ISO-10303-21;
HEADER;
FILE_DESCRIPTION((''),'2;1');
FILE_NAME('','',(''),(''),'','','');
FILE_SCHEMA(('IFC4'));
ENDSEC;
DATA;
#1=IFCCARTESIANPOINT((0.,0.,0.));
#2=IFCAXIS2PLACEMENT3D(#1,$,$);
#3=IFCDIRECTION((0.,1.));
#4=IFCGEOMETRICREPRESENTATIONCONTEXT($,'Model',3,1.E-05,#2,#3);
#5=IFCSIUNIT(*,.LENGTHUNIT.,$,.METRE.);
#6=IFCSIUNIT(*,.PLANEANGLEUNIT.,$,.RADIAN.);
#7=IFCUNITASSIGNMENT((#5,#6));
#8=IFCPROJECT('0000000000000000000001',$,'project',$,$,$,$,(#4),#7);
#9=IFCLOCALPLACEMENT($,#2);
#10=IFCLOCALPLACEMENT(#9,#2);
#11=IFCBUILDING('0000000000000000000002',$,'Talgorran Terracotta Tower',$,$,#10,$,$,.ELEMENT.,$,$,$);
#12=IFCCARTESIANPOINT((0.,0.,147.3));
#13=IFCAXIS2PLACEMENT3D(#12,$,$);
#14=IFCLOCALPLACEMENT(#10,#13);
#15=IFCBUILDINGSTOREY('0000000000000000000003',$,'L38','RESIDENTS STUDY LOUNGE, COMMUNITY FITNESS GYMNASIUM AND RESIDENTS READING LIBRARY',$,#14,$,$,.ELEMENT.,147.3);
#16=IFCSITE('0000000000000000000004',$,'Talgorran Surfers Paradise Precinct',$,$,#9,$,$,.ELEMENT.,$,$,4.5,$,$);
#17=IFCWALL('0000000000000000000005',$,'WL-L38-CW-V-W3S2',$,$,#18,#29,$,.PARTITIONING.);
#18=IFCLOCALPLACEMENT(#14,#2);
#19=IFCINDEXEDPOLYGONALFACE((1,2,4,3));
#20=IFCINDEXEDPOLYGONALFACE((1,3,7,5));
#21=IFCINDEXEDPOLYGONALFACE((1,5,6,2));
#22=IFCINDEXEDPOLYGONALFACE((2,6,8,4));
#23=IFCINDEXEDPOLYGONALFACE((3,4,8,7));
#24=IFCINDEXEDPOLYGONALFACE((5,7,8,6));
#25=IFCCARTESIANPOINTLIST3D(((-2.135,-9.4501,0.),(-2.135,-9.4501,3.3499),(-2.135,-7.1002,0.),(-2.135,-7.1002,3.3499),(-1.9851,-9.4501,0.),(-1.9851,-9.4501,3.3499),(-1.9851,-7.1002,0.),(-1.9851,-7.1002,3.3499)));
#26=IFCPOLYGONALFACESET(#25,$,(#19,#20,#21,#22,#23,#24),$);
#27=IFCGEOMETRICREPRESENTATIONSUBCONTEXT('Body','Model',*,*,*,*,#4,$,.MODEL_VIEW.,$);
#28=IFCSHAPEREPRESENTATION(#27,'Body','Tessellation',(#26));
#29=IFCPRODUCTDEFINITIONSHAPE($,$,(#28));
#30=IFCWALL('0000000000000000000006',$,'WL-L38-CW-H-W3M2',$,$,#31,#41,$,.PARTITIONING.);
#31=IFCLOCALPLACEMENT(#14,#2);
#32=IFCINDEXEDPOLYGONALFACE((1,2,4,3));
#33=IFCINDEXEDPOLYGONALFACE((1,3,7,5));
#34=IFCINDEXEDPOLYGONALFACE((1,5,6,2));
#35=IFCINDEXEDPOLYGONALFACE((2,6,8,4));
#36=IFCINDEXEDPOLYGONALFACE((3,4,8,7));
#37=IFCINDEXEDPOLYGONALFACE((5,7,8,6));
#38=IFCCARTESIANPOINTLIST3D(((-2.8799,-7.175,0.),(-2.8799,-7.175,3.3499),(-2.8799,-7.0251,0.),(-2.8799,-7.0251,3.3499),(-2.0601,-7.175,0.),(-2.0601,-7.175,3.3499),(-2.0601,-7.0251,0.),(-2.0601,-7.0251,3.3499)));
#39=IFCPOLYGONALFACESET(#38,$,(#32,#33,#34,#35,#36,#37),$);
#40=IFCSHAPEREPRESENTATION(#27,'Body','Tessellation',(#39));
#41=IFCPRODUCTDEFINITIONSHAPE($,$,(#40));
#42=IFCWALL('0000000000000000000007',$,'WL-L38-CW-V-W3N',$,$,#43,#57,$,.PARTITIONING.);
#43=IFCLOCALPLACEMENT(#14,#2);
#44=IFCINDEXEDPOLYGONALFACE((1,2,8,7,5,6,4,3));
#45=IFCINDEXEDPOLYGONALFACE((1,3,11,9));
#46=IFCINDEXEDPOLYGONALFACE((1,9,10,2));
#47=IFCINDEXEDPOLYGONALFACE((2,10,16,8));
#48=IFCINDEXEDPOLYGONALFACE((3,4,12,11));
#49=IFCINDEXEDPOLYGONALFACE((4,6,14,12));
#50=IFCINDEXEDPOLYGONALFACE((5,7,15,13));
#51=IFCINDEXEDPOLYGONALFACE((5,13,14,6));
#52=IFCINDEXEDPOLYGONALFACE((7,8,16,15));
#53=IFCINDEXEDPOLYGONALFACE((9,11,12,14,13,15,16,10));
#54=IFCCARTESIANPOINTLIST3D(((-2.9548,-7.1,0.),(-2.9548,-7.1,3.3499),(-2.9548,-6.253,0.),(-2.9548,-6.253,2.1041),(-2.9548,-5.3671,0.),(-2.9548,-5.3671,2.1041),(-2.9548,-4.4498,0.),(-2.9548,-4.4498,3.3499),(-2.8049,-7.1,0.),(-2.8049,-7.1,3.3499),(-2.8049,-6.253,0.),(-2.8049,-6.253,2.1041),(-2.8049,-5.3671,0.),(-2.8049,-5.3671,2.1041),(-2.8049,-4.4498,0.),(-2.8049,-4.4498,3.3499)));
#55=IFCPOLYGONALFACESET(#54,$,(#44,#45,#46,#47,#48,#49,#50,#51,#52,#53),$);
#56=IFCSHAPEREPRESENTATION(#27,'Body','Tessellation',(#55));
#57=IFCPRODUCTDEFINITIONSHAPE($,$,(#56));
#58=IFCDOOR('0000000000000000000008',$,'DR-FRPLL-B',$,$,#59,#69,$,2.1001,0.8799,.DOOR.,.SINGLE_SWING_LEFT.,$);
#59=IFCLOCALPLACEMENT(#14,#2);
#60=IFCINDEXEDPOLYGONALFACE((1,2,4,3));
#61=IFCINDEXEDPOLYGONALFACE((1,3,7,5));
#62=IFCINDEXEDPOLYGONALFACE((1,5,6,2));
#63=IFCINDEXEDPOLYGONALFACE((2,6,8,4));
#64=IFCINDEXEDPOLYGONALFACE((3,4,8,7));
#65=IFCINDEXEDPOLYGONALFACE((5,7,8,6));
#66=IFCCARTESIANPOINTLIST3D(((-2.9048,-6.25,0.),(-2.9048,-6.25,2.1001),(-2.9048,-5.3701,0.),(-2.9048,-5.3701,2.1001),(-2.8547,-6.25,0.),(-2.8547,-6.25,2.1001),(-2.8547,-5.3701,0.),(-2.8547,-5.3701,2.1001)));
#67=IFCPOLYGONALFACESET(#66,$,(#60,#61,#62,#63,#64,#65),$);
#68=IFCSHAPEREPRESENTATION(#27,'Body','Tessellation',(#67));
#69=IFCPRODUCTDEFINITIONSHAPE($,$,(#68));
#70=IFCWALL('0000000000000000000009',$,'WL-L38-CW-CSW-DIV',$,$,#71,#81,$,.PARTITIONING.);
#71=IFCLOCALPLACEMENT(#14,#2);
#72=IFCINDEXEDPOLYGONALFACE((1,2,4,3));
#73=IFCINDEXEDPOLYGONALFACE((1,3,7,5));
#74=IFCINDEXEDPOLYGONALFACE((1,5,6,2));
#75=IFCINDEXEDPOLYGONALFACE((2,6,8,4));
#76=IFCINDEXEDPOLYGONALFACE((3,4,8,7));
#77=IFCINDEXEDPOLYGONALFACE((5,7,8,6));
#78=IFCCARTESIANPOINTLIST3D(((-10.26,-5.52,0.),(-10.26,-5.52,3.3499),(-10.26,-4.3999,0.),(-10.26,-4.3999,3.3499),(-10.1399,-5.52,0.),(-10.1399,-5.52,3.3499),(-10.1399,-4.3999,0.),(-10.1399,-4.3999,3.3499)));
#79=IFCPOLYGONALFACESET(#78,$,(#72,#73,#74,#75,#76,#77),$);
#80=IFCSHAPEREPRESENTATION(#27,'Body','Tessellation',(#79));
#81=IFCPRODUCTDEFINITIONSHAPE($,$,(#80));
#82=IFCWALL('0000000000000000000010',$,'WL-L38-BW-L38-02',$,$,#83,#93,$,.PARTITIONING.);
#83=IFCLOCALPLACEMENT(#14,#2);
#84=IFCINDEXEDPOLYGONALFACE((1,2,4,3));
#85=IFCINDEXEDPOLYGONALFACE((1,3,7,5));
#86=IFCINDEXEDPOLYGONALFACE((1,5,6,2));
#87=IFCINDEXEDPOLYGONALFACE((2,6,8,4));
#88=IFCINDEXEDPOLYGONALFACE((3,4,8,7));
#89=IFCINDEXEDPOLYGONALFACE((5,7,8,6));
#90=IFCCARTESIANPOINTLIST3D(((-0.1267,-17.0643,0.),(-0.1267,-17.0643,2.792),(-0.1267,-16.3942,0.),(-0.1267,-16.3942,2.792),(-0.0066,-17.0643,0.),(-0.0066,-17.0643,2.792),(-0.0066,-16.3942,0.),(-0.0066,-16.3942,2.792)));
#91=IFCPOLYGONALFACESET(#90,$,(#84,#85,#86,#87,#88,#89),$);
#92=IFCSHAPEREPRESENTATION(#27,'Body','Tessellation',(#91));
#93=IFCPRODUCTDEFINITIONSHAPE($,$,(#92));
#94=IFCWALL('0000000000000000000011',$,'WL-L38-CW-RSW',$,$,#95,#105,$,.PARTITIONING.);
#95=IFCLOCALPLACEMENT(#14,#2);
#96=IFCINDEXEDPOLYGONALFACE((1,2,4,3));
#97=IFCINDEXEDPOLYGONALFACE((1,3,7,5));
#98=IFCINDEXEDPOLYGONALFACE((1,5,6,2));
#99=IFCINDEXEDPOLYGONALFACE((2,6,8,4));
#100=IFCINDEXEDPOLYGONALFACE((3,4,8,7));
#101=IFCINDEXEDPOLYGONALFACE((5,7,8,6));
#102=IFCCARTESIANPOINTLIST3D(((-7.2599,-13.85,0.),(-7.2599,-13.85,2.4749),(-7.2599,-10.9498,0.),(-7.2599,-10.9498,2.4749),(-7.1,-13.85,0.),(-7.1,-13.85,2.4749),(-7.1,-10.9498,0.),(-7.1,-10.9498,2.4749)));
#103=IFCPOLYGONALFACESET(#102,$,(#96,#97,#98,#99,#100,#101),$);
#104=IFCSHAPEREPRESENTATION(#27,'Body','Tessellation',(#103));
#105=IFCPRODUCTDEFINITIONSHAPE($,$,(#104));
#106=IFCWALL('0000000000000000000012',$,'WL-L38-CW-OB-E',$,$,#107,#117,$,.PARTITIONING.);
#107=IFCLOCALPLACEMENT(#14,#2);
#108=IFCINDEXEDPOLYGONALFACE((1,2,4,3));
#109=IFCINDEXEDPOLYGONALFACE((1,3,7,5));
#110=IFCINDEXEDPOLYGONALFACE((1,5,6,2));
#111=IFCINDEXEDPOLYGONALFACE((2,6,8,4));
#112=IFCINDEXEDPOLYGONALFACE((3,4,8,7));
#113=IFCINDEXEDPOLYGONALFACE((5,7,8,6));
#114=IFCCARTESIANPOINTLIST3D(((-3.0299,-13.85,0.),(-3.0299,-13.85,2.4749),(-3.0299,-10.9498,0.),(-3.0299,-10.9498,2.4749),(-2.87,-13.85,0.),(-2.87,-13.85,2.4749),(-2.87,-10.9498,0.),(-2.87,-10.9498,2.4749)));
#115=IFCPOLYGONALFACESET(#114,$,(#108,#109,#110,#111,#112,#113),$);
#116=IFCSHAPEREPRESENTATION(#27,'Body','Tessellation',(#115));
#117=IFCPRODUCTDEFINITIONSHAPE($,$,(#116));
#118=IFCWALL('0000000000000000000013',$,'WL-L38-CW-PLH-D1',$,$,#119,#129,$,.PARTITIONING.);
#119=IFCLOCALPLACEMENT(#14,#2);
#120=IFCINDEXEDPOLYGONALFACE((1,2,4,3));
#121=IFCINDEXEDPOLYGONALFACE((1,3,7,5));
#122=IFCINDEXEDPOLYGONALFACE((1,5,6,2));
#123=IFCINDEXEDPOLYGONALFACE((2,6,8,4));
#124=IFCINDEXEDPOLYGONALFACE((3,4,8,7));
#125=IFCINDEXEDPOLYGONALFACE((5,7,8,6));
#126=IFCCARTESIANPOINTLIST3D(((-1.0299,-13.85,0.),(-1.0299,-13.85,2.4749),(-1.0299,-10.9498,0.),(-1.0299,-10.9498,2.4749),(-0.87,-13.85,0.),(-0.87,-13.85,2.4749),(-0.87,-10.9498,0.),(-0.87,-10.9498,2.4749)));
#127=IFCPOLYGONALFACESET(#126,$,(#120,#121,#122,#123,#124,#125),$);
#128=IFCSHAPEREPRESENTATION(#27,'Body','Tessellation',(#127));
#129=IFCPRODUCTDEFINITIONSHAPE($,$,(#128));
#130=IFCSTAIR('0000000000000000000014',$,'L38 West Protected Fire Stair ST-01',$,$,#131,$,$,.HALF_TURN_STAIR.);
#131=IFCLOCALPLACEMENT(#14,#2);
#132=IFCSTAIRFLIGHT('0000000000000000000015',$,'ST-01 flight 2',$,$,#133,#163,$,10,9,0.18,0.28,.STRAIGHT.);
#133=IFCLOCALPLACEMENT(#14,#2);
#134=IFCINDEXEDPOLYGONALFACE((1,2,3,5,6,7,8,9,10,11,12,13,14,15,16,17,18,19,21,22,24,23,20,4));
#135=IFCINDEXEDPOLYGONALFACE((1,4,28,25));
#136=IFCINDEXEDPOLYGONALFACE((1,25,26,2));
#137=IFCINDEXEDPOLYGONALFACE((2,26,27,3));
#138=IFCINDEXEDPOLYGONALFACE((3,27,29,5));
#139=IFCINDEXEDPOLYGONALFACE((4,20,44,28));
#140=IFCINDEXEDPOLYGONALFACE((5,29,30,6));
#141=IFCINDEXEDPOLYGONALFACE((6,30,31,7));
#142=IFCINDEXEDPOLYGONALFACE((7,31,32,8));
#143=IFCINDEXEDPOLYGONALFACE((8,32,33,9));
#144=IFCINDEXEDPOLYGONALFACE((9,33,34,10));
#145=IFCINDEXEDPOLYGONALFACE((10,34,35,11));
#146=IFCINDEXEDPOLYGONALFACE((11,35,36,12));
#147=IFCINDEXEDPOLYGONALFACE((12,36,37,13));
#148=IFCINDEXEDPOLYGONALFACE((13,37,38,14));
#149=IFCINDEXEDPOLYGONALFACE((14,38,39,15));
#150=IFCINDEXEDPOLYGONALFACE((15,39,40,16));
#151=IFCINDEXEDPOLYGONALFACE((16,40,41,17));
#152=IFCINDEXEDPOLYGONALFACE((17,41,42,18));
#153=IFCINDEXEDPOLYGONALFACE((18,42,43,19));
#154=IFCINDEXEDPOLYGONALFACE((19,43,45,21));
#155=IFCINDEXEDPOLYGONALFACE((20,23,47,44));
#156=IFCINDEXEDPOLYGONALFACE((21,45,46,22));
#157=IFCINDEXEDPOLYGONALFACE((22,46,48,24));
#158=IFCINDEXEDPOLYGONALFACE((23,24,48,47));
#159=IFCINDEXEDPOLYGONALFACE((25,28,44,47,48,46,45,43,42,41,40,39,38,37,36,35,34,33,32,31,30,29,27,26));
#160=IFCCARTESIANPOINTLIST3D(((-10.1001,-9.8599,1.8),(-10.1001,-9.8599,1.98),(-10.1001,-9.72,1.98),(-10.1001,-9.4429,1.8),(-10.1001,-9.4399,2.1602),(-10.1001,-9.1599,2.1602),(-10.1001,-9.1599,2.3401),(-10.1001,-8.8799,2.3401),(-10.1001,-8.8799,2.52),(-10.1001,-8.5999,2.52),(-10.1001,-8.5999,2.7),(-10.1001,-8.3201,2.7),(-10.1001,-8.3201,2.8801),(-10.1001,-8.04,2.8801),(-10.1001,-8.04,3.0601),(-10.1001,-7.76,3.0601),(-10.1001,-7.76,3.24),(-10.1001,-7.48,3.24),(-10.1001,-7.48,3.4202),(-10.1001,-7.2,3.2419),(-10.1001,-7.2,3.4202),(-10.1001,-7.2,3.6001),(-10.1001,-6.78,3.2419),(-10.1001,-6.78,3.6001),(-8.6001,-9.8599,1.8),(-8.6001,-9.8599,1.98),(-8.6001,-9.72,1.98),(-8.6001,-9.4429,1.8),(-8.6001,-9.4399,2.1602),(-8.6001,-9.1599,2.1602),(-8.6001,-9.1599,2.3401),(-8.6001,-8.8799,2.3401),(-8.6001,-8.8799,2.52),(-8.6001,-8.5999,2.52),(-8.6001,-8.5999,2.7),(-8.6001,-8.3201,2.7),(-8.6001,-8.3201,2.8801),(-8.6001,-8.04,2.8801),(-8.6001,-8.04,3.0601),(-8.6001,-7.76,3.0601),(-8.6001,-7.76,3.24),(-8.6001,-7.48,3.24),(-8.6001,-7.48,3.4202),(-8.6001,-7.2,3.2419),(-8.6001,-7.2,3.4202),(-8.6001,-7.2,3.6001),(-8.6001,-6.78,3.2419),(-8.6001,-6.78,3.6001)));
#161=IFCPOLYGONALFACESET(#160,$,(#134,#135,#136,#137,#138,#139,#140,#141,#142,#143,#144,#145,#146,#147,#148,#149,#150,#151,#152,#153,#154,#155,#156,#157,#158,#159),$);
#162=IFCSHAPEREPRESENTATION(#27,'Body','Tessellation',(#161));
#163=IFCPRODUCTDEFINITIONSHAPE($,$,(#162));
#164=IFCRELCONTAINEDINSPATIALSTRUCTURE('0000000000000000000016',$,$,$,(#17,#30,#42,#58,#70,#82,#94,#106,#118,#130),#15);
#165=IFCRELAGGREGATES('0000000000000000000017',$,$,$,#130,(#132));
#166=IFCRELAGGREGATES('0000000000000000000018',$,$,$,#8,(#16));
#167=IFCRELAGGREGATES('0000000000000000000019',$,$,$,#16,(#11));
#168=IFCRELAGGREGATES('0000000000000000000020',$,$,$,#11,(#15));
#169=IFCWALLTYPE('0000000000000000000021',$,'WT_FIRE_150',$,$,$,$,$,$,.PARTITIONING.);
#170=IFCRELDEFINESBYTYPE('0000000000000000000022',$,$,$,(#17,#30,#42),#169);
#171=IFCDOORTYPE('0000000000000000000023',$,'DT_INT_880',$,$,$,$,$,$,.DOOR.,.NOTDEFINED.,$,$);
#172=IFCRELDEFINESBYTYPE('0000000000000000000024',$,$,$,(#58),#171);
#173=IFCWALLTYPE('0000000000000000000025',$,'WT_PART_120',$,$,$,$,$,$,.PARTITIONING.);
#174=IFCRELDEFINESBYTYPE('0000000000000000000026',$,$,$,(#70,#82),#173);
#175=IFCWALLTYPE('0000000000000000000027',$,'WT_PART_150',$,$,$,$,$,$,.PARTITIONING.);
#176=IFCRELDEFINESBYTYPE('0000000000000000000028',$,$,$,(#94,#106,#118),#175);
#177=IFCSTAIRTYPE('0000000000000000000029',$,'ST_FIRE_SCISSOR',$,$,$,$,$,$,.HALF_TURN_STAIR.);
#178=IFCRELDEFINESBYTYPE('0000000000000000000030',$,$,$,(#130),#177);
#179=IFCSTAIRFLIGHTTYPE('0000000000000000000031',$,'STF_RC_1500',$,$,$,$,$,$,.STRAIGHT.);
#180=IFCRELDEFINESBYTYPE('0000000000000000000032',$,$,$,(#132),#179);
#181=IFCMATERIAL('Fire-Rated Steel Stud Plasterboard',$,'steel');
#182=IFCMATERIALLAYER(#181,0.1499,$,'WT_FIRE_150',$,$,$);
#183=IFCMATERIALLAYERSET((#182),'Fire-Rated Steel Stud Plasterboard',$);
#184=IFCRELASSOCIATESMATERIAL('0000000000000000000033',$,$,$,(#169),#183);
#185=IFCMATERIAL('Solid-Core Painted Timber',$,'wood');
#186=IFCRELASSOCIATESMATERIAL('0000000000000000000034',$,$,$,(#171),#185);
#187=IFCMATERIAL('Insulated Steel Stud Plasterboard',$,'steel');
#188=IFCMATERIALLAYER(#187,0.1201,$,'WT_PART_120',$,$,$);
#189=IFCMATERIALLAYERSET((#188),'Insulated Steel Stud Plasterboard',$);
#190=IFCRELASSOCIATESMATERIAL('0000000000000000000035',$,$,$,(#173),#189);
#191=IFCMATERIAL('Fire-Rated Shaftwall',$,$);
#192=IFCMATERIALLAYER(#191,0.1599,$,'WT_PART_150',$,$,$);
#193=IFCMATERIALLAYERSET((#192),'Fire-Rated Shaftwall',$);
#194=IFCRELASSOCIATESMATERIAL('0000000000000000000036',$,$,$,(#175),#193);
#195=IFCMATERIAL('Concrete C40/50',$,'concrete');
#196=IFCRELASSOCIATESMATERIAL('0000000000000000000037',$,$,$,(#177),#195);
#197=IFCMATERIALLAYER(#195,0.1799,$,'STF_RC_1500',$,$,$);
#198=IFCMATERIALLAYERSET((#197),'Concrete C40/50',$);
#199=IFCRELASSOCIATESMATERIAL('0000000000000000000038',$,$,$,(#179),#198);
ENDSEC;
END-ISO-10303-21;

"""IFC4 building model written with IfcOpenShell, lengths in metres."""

from ifc_helpers import new_model, si_unit, direction, frame, frame_2d, origin, place, context, subcontext, project, spatial, polyline, rectangle, outline, extrude, material, layer, layer_set, type_object, element, fill, aggregate, save


model = new_model("IFC4")

# Units and contexts
model_context = context("Model", 3, precision=1e-05, world=origin(), true_north=direction((0.0, 1.0)))
body_context = subcontext(model_context, "Body", "Model", "MODEL_VIEW")
ifc_project = project(units=[si_unit("LENGTHUNIT", "METRE"), si_unit("PLANEANGLEUNIT", "RADIAN")], contexts=[model_context])

# Site, building, storey
site_placement = place(None, origin())
site = spatial("IfcSite", under=ifc_project, at=site_placement, Name="Talgorran Surfers Paradise Precinct", CompositionType="ELEMENT", RefElevation=4.5)
building_placement = place(site_placement, origin())
building = spatial("IfcBuilding", under=site, at=building_placement, Name="Talgorran Terracotta Tower", CompositionType="ELEMENT")
storey_placement = place(building_placement, frame((0.0, 0.0, 147.3)))
storey = spatial("IfcBuildingStorey", under=building, at=storey_placement, Name="L38", Description="RESIDENTS STUDY LOUNGE, COMMUNITY FITNESS GYMNASIUM AND RESIDENTS READING LIBRARY", CompositionType="ELEMENT", Elevation=147.3)

# Walls
ifc_material_1 = material(Name="Fire-Rated Steel Stud Plasterboard", Category="steel")
ifc_layer_1 = layer(ifc_material_1, 0.1499, Name="WT_FIRE_150")
ifc_layer_set_1 = layer_set([ifc_layer_1], Name="Fire-Rated Steel Stud Plasterboard")
wall_type_1 = type_object("IfcWallType", Name="WT_FIRE_150", PredefinedType="PARTITIONING", material=ifc_layer_set_1)
wall_1_placement = place(storey_placement, frame((-2.0601, -9.45, 0.0), z_axis=(0.0, 0.0, 1.0), x_axis=(0.0, 1.0, 0.0)))
element("IfcWall", 1, at=wall_1_placement, inside=storey, type_object=wall_type_1, Name="WL-L38-CW-V-W3S2", PredefinedType="PARTITIONING", context=body_context, shape_type="SweptSolid", body=[
    extrude(rectangle(XDim=2.3499, YDim=0.1499, at=frame_2d((1.1748, 0.0))), origin(), (0.0, 0.0, 1.0), 3.3499),
])
wall_2_placement = place(storey_placement, frame((-2.8799, -7.1001, 0.0), z_axis=(0.0, 0.0, 1.0), x_axis=(1.0, 0.0, 0.0)))
element("IfcWall", 2, at=wall_2_placement, inside=storey, type_object=wall_type_1, Name="WL-L38-CW-H-W3M2", PredefinedType="PARTITIONING", context=body_context, shape_type="SweptSolid", body=[
    extrude(rectangle(XDim=0.8198, YDim=0.1499, at=frame_2d((0.4099, 0.0))), origin(), (0.0, 0.0, 1.0), 3.3499),
])

# Wall, opening, door
wall_3_placement = place(storey_placement, frame((-2.8799, -7.1001, 0.0), z_axis=(0.0, 0.0, 1.0), x_axis=(0.0, 1.0, 0.0)))
wall_3 = element("IfcWall", 3, at=wall_3_placement, inside=storey, type_object=wall_type_1, Name="WL-L38-CW-V-W3N", PredefinedType="PARTITIONING", context=body_context, shape_type="SweptSolid", body=[
    extrude(rectangle(XDim=2.6501, YDim=0.1499, at=frame_2d((1.3252, 0.0))), origin(), (0.0, 0.0, 1.0), 3.3499),
])
opening_1_placement = place(wall_3_placement, frame((0.8501, 0.0, 0.0)))
opening_1 = element("IfcOpeningElement", 4, at=opening_1_placement, cuts=wall_3, PredefinedType="OPENING", context=body_context, shape_type="SweptSolid", body=[
    extrude(rectangle(XDim=0.8859, YDim=2.1041, at=frame_2d((0.4399, 1.052))), frame((0.0, 0.085, 0.0), z_axis=(0.0, -1.0, 0.0), x_axis=(1.0, 0.0, 0.0)), (0.0, 0.0, 1.0), 0.1699),
])
ifc_material_2 = material(Name="Solid-Core Painted Timber", Category="wood")
door_type_1 = type_object("IfcDoorType", Name="DT_INT_880", OperationType="NOTDEFINED", PredefinedType="DOOR", material=ifc_material_2)
door_1_placement = place(opening_1_placement, origin())
door_1 = element("IfcDoor", 5, at=door_1_placement, inside=storey, type_object=door_type_1, Name="DR-FRPLL-B", OperationType="SINGLE_SWING_LEFT", OverallHeight=2.1001, OverallWidth=0.8799, PredefinedType="DOOR", context=body_context, shape_type="SweptSolid", body=[
    extrude(rectangle(XDim=0.8799, YDim=2.1001, at=frame_2d((0.4399, 1.05))), frame((0.0, 0.0249, 0.0), z_axis=(0.0, -1.0, 0.0), x_axis=(1.0, 0.0, 0.0)), (0.0, 0.0, 1.0), 0.05),
])
fill(opening_1, door_1)

# Walls
ifc_material_3 = material(Name="Insulated Steel Stud Plasterboard", Category="steel")
ifc_layer_2 = layer(ifc_material_3, 0.1201, Name="WT_PART_120")
ifc_layer_set_2 = layer_set([ifc_layer_2], Name="Insulated Steel Stud Plasterboard")
wall_type_2 = type_object("IfcWallType", Name="WT_PART_120", PredefinedType="PARTITIONING", material=ifc_layer_set_2)
wall_4_placement = place(storey_placement, frame((-10.2, -5.52, 0.0), z_axis=(0.0, 0.0, 1.0), x_axis=(0.0, 1.0, 0.0)))
element("IfcWall", 6, at=wall_4_placement, inside=storey, type_object=wall_type_2, Name="WL-L38-CW-CSW-DIV", PredefinedType="PARTITIONING", context=body_context, shape_type="SweptSolid", body=[
    extrude(rectangle(XDim=1.1201, YDim=0.1201, at=frame_2d((0.5601, 0.0))), origin(), (0.0, 0.0, 1.0), 3.3499),
])
wall_5_placement = place(storey_placement, frame((-0.0667, -16.3943, 0.0), z_axis=(0.0, 0.0, 1.0), x_axis=(0.0, -1.0, 0.0)))
element("IfcWall", 7, at=wall_5_placement, inside=storey, type_object=wall_type_2, Name="WL-L38-BW-L38-02", PredefinedType="PARTITIONING", context=body_context, shape_type="SweptSolid", body=[
    extrude(rectangle(XDim=0.6702, YDim=0.1201, at=frame_2d((0.335, 0.0))), origin(), (0.0, 0.0, 1.0), 2.792),
])
ifc_material_4 = material(Name="Fire-Rated Shaftwall")
ifc_layer_3 = layer(ifc_material_4, 0.1599, Name="WT_PART_150")
ifc_layer_set_3 = layer_set([ifc_layer_3], Name="Fire-Rated Shaftwall")
wall_type_3 = type_object("IfcWallType", Name="WT_PART_150", PredefinedType="PARTITIONING", material=ifc_layer_set_3)
for number, where, z_axis, x_axis, name in (
    (8, (-7.1799, -13.8501, 0.0), (0.0, 0.0, 1.0), (0.0, 1.0, 0.0), "WL-L38-CW-RSW"),
    (9, (-2.95, -13.8501, 0.0), (0.0, 0.0, 1.0), (0.0, 1.0, 0.0), "WL-L38-CW-OB-E"),
    (10, (-0.95, -13.8501, 0.0), (0.0, 0.0, 1.0), (0.0, 1.0, 0.0), "WL-L38-CW-PLH-D1"),
):
    element("IfcWall", number, at=place(storey_placement, frame(where, z_axis=z_axis, x_axis=x_axis)), inside=storey, type_object=wall_type_3, Name=name, PredefinedType="PARTITIONING", context=body_context, shape_type="SweptSolid", body=[
        extrude(rectangle(XDim=2.9001, YDim=0.1599, at=frame_2d((1.4502, 0.0))), origin(), (0.0, 0.0, 1.0), 2.4749),
    ])

# Stair, stair flight
ifc_material_5 = material(Name="Concrete C40/50", Category="concrete")
stair_type = type_object("IfcStairType", Name="ST_FIRE_SCISSOR", PredefinedType="HALF_TURN_STAIR", material=ifc_material_5)
stair_placement = place(storey_placement, origin())
stair = element("IfcStair", 11, at=stair_placement, inside=storey, type_object=stair_type, Name="L38 West Protected Fire Stair ST-01", PredefinedType="HALF_TURN_STAIR")
ifc_layer_4 = layer(ifc_material_5, 0.1799, Name="STF_RC_1500")
ifc_layer_set_4 = layer_set([ifc_layer_4], Name="Concrete C40/50")
stair_flight_type = type_object("IfcStairFlightType", Name="STF_RC_1500", PredefinedType="STRAIGHT", material=ifc_layer_set_4)
stair_flight_placement = place(storey_placement, frame((-9.3501, -9.72, 1.8), z_axis=(0.0, 0.0, 1.0), x_axis=(0.0, 1.0, 0.0)))
stair_flight = element("IfcStairFlight", 12, at=stair_flight_placement, type_object=stair_flight_type, Name="ST-01 flight 2", NumberOfRisers=10, NumberOfTreads=9, PredefinedType="STRAIGHT", RiserHeight=0.18, TreadLength=0.28, context=body_context, shape_type="SweptSolid", body=[
    extrude(outline(polyline([(-0.1399, 0.0), (-0.1399, 0.1799), (0.0, 0.1799), (0.28, 0.3601), (0.5601, 0.3601), (0.5601, 0.54), (0.8401, 0.54), (0.8401, 0.72), (1.1201, 0.72), (1.1201, 0.8999), (1.3999, 0.8999), (1.3999, 1.0801), (1.6799, 1.0801), (1.6799, 1.26), (1.96, 1.26), (1.96, 1.4399), (2.24, 1.4399), (2.24, 1.6201), (2.52, 1.6201), (2.52, 1.8), (2.9399, 1.8), (2.9399, 1.4419), (2.52, 1.4419), (0.2771, 0.0), (-0.1399, 0.0)])), frame((0.0, 0.75, 0.0), z_axis=(0.0, -1.0, 0.0), x_axis=(1.0, 0.0, 0.0)), (0.0, 0.0, 1.0), 1.5),
])
aggregate(stair, [stair_flight])

save(model, "model.ifc")
